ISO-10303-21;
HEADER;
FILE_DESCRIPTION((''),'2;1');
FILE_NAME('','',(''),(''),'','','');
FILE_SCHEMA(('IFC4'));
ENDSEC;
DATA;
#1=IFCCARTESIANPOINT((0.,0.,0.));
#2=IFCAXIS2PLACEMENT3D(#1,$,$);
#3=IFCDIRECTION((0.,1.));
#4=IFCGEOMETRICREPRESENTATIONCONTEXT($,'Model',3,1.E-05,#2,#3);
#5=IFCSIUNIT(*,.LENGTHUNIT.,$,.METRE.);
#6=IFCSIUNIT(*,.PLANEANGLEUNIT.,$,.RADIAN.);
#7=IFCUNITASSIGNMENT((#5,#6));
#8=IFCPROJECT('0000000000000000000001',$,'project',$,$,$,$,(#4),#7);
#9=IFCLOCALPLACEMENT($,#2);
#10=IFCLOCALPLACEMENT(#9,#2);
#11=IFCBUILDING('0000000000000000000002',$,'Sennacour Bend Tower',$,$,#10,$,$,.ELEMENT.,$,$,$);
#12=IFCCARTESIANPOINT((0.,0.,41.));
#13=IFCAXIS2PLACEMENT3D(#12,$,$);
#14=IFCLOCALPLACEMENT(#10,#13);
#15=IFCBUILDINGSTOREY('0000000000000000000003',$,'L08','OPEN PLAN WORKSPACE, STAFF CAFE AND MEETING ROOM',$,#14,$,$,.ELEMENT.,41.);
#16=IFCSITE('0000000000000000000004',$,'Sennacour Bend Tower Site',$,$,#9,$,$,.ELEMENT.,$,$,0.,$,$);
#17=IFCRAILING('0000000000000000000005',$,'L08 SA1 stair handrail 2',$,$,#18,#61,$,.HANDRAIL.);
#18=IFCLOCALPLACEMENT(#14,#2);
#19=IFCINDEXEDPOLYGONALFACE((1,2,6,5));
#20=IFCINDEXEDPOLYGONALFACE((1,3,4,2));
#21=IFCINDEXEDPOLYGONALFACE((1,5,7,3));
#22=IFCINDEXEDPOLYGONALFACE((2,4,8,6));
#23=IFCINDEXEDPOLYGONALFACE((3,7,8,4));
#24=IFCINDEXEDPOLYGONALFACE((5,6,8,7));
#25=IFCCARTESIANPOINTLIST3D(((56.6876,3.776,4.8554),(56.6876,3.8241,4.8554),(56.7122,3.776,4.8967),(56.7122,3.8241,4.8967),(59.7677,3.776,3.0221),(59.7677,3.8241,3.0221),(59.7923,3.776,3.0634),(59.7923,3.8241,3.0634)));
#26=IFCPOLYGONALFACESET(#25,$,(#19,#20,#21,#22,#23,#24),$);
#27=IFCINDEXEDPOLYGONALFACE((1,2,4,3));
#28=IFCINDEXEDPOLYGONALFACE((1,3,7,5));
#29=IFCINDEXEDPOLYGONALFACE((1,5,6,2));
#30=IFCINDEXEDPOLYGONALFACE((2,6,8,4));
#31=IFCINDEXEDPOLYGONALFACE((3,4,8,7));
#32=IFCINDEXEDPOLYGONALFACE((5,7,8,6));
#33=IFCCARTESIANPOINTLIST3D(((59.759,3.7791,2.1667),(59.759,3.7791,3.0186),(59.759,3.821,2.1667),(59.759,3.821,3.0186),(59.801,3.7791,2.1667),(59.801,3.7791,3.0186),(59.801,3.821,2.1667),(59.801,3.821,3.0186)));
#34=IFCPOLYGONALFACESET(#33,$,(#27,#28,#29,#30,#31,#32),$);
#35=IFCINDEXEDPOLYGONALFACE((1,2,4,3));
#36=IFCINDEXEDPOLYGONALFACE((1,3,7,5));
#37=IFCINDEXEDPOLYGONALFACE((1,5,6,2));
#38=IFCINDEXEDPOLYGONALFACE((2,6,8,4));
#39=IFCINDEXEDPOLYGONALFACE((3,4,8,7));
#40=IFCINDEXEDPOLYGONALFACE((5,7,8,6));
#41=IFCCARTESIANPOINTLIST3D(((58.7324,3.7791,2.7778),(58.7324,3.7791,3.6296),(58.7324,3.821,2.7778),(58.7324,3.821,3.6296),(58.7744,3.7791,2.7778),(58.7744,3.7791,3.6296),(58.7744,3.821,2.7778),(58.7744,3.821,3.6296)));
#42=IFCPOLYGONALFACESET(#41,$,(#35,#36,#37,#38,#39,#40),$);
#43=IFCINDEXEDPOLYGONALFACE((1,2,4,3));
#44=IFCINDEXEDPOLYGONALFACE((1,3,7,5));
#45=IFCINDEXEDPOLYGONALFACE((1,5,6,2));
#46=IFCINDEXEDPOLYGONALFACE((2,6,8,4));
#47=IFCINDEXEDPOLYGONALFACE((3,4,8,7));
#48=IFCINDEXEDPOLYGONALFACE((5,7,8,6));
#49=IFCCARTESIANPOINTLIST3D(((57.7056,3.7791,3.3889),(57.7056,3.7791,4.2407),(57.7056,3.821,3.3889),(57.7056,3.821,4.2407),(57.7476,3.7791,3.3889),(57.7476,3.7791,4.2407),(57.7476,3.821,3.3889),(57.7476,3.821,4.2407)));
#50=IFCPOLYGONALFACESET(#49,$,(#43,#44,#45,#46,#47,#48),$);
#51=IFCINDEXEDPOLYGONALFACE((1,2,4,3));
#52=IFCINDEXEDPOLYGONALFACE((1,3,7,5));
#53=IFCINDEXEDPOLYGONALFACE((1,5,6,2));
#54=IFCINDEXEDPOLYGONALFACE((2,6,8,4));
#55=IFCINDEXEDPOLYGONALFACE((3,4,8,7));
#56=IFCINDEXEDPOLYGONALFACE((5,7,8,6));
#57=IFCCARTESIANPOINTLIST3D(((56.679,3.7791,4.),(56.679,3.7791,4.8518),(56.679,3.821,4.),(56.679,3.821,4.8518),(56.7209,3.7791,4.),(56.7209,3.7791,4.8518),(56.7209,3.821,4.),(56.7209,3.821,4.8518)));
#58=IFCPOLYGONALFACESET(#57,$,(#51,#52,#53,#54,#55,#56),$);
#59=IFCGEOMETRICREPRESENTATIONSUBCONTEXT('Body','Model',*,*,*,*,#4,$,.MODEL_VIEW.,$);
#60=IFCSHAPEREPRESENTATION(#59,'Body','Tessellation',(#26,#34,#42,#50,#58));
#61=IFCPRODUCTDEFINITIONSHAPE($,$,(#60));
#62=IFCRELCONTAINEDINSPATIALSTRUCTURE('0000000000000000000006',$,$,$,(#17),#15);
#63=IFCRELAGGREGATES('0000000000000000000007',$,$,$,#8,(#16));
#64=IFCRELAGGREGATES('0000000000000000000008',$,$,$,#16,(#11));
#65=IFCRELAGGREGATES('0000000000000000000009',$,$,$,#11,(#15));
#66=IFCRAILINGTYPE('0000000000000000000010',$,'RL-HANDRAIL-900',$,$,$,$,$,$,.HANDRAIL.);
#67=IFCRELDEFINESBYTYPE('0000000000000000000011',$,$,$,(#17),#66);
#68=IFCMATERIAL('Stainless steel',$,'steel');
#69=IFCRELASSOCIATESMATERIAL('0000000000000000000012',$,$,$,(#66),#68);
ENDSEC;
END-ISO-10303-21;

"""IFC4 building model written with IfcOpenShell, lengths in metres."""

from ifc_helpers import new_model, si_unit, direction, frame, origin, origin_2d, place, context, subcontext, project, spatial, rectangle, extrude, material, type_object, element, save


model = new_model("IFC4")

# Units and contexts
model_context = context("Model", 3, precision=1e-05, world=origin(), true_north=direction((0.0, 1.0)))
body_context = subcontext(model_context, "Body", "Model", "MODEL_VIEW")
ifc_project = project(units=[si_unit("LENGTHUNIT", "METRE"), si_unit("PLANEANGLEUNIT", "RADIAN")], contexts=[model_context])

# Site, building, storey
site_placement = place(None, origin())
site = spatial("IfcSite", under=ifc_project, at=site_placement, Name="Sennacour Bend Tower Site", CompositionType="ELEMENT", RefElevation=0.0)
building_placement = place(site_placement, origin())
building = spatial("IfcBuilding", under=site, at=building_placement, Name="Sennacour Bend Tower", CompositionType="ELEMENT")
storey_placement = place(building_placement, frame((0.0, 0.0, 41.0)))
storey = spatial("IfcBuildingStorey", under=building, at=storey_placement, Name="L08", Description="OPEN PLAN WORKSPACE, STAFF CAFE AND MEETING ROOM", CompositionType="ELEMENT", Elevation=41.0)

# Shared definitions
ifc_material_1 = material(Name="Stainless steel", Category="steel")

# Railing
railing_type_1 = type_object("IfcRailingType", Name="RL-HANDRAIL-900", PredefinedType="HANDRAIL", material=ifc_material_1)
railing_1_placement = place(storey_placement, frame((59.78, 3.8, 2.1667)))
element("IfcRailing", 1, at=railing_1_placement, inside=storey, type_object=railing_type_1, Name="L08 SA1 stair handrail 2", PredefinedType="HANDRAIL", context=body_context, shape_type="SweptSolid", body=[
    extrude(rectangle(XDim=0.0481, YDim=0.0481, at=origin_2d()), frame((0.0, 0.0, 0.876), z_axis=(-0.859309, 0.0, 0.511458), x_axis=(0.0, -1.0, 0.0)), (0.0, 0.0, 1.0), 3.5845),
    extrude(rectangle(XDim=0.042, YDim=0.042, at=origin_2d()), origin(), (0.0, 0.0, 1.0), 0.8518),
    extrude(rectangle(XDim=0.042, YDim=0.042, at=origin_2d()), frame((-1.0266, 0.0, 0.6111)), (0.0, 0.0, 1.0), 0.8518),
    extrude(rectangle(XDim=0.042, YDim=0.042, at=origin_2d()), frame((-2.0535, 0.0, 1.2222)), (0.0, 0.0, 1.0), 0.8518),
    extrude(rectangle(XDim=0.042, YDim=0.042, at=origin_2d()), frame((-3.0801, 0.0, 1.8333)), (0.0, 0.0, 1.0), 0.8518),
])

save(model, "model.ifc")
